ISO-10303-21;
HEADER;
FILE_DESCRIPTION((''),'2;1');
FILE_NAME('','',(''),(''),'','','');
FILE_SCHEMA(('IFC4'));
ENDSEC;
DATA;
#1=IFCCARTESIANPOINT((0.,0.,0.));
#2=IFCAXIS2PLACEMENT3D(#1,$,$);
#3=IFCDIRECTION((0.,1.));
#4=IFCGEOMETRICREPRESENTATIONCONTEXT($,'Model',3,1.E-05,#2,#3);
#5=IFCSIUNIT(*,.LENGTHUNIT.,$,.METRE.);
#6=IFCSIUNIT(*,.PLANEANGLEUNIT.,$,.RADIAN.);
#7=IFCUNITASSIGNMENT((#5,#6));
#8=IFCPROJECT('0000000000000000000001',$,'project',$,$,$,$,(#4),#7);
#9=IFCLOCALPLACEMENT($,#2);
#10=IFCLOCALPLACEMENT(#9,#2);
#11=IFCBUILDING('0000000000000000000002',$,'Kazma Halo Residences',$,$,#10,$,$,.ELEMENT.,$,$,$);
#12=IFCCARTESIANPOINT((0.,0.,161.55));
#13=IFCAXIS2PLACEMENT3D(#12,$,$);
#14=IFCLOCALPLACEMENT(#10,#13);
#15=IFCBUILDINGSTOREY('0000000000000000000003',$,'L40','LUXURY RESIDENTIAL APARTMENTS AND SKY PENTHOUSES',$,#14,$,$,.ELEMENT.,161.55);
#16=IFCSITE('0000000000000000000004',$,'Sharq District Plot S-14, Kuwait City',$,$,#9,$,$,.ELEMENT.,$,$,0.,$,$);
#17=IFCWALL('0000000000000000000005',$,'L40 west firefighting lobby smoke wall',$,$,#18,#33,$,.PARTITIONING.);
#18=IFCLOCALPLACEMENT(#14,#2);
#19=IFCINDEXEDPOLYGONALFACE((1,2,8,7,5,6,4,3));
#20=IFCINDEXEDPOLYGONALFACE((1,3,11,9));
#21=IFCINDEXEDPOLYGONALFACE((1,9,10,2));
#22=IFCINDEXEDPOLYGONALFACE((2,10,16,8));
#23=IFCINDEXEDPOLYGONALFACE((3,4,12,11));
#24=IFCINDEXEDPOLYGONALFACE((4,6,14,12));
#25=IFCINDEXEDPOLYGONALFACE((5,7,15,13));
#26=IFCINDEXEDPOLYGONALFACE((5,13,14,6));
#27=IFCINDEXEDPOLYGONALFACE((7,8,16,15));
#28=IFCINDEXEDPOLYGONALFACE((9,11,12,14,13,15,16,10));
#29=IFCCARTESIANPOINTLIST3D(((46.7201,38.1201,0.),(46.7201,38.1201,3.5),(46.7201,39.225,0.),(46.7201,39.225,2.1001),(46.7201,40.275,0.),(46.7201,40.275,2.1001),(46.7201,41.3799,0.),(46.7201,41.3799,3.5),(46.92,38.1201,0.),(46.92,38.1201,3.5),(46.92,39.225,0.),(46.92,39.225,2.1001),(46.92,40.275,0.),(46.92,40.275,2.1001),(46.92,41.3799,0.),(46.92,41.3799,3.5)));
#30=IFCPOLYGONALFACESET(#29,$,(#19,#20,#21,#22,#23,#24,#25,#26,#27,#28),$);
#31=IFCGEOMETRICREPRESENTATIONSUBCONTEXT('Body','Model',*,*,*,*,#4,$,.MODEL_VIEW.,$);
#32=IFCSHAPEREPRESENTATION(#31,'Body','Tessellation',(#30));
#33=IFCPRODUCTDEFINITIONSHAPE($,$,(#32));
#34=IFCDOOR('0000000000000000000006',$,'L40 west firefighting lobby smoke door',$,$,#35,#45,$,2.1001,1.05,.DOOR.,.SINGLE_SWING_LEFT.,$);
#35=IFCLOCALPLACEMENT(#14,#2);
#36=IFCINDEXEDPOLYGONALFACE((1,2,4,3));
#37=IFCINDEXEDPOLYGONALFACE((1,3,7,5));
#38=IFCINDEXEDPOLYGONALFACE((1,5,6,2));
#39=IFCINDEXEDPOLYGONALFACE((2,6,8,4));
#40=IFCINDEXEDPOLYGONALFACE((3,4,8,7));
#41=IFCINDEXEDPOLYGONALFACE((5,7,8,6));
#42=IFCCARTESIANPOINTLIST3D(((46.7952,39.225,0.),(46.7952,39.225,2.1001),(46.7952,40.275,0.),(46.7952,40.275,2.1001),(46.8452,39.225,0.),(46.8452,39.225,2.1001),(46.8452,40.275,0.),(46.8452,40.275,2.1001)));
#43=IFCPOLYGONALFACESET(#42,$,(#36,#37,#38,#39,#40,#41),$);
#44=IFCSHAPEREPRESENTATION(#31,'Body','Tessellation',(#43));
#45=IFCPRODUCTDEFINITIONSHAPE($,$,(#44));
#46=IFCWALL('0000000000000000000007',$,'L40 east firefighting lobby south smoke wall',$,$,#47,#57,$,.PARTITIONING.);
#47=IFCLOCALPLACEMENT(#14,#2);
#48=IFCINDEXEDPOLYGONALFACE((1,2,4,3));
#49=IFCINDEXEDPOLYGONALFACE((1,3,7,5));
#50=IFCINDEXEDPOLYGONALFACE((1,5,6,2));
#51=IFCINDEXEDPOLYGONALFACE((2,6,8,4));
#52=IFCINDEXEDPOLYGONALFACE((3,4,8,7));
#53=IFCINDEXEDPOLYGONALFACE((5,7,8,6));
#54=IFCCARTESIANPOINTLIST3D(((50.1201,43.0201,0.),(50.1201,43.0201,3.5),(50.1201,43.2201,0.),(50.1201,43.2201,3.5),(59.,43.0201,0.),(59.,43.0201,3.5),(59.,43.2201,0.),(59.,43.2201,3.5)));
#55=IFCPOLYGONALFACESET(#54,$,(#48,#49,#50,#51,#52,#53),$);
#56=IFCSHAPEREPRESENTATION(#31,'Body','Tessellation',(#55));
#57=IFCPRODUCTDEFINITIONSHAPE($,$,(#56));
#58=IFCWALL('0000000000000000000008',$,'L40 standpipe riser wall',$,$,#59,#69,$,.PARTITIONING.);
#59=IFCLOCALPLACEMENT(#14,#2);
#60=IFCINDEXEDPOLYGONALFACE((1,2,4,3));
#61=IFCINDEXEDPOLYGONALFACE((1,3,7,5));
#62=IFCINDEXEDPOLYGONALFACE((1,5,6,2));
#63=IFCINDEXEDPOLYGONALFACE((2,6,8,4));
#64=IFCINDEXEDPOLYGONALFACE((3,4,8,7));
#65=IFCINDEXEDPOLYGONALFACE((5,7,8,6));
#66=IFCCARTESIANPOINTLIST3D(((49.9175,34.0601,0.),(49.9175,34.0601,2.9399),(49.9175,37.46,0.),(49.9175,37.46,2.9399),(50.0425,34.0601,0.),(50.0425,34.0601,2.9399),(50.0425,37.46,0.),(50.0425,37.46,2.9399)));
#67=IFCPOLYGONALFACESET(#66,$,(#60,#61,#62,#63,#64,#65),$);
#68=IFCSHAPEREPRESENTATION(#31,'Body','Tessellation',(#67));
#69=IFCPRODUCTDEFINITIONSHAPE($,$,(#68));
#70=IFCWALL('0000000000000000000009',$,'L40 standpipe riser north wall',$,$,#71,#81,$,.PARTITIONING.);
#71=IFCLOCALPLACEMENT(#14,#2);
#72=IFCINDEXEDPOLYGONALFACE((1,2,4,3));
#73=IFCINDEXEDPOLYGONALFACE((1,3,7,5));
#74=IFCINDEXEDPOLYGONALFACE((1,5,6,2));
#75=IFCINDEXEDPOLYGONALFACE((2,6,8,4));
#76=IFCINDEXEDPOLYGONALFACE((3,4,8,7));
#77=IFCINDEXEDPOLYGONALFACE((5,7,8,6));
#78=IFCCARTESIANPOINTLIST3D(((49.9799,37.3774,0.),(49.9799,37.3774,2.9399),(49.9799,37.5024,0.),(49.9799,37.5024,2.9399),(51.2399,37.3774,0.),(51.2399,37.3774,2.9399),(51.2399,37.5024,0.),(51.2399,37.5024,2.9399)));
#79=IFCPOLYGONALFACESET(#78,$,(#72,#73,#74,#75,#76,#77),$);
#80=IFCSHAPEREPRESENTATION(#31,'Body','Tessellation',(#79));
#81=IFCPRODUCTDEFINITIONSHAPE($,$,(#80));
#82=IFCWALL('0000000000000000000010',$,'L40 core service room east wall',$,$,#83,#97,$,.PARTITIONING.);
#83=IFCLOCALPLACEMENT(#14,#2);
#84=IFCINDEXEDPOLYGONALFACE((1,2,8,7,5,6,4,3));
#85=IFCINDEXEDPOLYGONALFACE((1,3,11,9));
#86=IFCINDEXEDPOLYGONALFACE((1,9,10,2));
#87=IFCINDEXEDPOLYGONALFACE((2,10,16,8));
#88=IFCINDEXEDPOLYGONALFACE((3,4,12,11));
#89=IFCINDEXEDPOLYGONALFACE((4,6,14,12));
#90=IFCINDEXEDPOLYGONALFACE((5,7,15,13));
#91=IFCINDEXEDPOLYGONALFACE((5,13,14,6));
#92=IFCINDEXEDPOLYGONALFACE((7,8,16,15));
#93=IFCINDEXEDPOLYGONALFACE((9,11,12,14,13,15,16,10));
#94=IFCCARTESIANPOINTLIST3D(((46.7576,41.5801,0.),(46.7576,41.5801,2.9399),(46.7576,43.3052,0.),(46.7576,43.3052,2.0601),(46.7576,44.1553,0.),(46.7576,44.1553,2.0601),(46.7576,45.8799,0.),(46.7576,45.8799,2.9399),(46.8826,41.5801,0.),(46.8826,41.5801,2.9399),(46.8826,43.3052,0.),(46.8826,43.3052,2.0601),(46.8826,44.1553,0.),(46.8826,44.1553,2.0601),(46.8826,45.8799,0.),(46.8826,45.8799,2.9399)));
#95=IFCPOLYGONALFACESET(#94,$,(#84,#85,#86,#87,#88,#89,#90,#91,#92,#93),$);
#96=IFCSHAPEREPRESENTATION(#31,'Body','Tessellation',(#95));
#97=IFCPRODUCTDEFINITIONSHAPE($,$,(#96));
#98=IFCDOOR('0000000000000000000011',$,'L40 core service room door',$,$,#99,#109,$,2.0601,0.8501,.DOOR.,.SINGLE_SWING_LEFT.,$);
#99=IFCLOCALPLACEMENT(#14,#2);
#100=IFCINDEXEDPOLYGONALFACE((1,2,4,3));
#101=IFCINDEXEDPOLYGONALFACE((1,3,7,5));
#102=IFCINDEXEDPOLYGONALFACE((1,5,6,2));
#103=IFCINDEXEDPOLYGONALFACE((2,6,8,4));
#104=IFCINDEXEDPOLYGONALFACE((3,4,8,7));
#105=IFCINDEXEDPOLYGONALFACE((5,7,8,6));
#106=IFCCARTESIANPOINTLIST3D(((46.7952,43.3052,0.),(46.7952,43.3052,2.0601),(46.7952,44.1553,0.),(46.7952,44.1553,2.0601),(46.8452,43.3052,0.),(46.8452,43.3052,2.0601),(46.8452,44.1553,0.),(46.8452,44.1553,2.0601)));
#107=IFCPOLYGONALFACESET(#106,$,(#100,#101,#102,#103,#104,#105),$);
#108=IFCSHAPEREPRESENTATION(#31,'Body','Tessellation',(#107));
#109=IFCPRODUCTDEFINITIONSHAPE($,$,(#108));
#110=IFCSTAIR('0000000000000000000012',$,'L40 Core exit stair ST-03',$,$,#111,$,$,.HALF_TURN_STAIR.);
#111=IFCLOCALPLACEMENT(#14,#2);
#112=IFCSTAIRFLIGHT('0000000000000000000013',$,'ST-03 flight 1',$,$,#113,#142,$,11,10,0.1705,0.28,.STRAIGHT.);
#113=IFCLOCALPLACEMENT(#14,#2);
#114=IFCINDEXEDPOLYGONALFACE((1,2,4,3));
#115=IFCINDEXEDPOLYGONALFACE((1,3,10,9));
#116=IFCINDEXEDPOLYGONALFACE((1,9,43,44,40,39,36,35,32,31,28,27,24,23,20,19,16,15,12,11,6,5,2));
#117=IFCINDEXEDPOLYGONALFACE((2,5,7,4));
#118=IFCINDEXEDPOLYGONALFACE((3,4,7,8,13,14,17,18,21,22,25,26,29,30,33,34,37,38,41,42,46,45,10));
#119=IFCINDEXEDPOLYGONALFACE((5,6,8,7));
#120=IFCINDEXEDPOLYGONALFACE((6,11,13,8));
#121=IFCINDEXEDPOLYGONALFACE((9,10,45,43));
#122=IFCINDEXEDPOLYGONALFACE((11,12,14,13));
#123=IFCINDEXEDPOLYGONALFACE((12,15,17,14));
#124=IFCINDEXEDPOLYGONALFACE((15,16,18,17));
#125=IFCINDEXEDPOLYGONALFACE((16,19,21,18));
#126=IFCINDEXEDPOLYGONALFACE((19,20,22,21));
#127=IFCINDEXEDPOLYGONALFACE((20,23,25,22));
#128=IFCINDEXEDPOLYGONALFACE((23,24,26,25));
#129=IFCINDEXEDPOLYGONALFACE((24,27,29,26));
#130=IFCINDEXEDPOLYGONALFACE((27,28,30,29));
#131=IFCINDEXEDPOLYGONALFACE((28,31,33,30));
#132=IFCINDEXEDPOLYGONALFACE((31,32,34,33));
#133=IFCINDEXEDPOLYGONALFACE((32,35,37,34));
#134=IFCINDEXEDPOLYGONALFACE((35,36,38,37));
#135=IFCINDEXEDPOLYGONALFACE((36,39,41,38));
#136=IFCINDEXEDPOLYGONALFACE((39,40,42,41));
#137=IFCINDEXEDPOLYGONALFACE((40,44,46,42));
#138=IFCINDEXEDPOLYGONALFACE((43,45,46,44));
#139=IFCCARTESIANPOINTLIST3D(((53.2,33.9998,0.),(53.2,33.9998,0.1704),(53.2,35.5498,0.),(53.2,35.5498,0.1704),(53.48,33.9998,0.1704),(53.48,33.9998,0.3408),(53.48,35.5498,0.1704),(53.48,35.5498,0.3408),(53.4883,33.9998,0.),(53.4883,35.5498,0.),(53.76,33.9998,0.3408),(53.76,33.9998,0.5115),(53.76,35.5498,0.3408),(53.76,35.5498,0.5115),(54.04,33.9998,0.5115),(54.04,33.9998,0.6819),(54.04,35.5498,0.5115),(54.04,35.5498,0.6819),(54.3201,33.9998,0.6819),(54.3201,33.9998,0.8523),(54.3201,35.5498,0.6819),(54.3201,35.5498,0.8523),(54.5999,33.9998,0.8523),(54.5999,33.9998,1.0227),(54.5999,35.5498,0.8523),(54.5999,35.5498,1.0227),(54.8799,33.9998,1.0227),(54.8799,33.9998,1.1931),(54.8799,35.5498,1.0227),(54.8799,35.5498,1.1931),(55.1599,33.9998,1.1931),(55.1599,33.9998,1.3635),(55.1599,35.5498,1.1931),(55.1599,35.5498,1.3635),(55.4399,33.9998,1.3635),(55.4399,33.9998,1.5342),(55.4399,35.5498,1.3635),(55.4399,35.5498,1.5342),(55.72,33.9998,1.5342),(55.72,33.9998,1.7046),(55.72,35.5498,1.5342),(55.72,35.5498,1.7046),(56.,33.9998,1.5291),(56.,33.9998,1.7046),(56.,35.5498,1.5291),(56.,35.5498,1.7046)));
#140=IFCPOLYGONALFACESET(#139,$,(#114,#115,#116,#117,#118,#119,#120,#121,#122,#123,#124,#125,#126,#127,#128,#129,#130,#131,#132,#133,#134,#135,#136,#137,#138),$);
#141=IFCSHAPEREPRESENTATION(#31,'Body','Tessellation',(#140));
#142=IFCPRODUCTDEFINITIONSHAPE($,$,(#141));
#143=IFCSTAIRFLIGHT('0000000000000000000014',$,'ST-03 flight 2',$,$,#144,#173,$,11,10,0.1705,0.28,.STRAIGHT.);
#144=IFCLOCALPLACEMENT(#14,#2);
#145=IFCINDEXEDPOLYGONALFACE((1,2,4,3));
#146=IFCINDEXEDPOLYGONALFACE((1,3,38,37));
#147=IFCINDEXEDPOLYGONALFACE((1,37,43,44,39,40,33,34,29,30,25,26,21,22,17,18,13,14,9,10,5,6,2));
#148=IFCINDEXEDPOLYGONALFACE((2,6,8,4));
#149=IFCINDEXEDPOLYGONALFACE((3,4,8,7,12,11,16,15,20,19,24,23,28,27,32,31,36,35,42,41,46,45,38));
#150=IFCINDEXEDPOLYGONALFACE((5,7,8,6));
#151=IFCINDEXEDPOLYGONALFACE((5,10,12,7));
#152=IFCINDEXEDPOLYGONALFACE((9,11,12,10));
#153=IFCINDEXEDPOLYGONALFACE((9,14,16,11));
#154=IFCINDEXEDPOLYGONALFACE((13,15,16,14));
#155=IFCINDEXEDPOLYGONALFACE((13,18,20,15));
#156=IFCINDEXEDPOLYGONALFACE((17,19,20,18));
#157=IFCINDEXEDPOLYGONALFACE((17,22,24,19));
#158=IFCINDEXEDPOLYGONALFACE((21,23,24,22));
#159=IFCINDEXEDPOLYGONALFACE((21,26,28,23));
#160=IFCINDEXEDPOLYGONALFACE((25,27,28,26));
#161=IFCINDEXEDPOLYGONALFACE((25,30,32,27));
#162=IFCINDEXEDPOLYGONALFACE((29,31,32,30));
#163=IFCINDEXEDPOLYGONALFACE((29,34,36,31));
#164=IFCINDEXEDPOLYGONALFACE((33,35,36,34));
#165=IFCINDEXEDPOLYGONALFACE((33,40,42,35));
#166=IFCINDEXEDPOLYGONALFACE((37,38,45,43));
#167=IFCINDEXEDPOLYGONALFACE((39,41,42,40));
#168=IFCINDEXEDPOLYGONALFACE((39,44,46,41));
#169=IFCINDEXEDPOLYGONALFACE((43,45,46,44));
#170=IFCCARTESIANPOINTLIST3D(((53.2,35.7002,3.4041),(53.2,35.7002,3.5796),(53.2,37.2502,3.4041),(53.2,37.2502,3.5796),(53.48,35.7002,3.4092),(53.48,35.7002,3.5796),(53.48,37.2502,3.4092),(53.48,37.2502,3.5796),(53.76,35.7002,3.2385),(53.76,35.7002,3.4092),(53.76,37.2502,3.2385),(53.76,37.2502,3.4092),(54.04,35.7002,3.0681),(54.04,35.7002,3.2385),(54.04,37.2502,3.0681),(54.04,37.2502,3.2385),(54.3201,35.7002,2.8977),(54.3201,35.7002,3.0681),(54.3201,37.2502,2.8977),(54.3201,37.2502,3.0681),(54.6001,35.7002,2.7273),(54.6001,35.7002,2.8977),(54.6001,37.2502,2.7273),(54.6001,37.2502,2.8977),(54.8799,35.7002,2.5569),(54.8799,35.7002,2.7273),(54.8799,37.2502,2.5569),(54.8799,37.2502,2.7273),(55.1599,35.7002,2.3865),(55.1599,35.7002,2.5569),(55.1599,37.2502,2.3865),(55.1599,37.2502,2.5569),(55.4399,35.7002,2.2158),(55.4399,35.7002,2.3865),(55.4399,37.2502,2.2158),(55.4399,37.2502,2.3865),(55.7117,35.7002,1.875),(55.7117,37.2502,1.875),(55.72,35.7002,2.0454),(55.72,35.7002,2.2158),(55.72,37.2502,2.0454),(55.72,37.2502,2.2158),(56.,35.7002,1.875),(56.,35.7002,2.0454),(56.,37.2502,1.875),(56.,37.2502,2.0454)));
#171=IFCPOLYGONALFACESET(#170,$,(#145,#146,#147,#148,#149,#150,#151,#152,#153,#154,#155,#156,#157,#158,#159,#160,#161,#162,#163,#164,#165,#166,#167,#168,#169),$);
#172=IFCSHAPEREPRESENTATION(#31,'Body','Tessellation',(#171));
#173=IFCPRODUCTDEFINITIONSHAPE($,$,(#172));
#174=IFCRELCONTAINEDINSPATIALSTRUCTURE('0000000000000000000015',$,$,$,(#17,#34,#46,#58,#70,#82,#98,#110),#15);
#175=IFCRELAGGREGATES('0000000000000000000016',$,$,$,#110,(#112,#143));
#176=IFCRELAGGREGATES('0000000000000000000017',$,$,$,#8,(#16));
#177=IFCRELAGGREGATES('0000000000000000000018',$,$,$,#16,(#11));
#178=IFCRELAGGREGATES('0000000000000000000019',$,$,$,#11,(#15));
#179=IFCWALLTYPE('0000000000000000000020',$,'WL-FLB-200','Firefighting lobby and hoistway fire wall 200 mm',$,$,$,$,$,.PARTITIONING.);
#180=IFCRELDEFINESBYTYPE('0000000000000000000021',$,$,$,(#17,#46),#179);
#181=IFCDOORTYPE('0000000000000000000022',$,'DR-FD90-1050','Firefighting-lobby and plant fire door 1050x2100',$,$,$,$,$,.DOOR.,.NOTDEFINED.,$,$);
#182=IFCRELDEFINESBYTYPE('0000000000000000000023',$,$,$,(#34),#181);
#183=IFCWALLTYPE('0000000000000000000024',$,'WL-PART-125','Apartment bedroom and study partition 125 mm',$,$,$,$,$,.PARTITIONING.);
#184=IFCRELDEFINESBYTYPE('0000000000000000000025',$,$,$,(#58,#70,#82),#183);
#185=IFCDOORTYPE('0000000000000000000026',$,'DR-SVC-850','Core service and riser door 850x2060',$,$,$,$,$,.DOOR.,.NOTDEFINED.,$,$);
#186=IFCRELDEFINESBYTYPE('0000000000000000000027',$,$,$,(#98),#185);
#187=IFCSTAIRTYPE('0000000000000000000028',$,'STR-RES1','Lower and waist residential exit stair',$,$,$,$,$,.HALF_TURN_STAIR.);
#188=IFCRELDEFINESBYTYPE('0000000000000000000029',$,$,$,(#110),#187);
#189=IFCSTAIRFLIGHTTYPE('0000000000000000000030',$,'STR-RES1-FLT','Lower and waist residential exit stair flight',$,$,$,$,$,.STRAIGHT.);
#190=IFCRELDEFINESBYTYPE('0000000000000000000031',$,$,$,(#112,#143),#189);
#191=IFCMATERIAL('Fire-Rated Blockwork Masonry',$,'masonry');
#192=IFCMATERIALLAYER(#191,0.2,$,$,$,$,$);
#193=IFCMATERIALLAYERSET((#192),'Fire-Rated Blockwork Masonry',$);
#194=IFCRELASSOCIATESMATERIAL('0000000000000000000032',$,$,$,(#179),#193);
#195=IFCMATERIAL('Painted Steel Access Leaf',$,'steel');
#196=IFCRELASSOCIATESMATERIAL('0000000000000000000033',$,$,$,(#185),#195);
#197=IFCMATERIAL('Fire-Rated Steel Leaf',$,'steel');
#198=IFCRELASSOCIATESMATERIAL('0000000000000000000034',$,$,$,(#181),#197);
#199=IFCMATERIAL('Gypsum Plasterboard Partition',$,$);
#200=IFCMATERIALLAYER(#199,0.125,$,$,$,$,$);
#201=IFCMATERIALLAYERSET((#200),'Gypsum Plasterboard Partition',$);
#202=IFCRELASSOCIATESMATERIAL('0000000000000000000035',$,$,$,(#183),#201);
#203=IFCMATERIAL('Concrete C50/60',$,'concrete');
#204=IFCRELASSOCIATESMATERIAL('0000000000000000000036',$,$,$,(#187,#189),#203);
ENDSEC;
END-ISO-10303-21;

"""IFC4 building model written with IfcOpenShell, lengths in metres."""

from ifc_helpers import new_model, si_unit, direction, frame, frame_2d, origin, place, context, subcontext, project, spatial, polyline, rectangle, outline, extrude, material, layer, layer_set, type_object, element, fill, aggregate, save


model = new_model("IFC4")

# Units and contexts
model_context = context("Model", 3, precision=1e-05, world=origin(), true_north=direction((0.0, 1.0)))
body_context = subcontext(model_context, "Body", "Model", "MODEL_VIEW")
ifc_project = project(units=[si_unit("LENGTHUNIT", "METRE"), si_unit("PLANEANGLEUNIT", "RADIAN")], contexts=[model_context])

# Site, building, storey
site_placement = place(None, origin())
site = spatial("IfcSite", under=ifc_project, at=site_placement, Name="Sharq District Plot S-14, Kuwait City", CompositionType="ELEMENT", RefElevation=0.0)
building_placement = place(site_placement, origin())
building = spatial("IfcBuilding", under=site, at=building_placement, Name="Kazma Halo Residences", CompositionType="ELEMENT")
storey_placement = place(building_placement, frame((0.0, 0.0, 161.55)))
storey = spatial("IfcBuildingStorey", under=building, at=storey_placement, Name="L40", Description="LUXURY RESIDENTIAL APARTMENTS AND SKY PENTHOUSES", CompositionType="ELEMENT", Elevation=161.55)

# Shared definitions
ifc_material_1 = material(Name="Fire-Rated Blockwork Masonry", Category="masonry")
ifc_layer_1 = layer(ifc_material_1, 0.2)
ifc_layer_set_1 = layer_set([ifc_layer_1], Name="Fire-Rated Blockwork Masonry")
wall_type_1 = type_object("IfcWallType", Name="WL-FLB-200", Description="Firefighting lobby and hoistway fire wall 200 mm", PredefinedType="PARTITIONING", material=ifc_layer_set_1)

# Wall, opening, door
ifc_material_2 = material(Name="Painted Steel Access Leaf", Category="steel")
door_type_1 = type_object("IfcDoorType", Name="DR-SVC-850", Description="Core service and riser door 850x2060", OperationType="NOTDEFINED", PredefinedType="DOOR", material=ifc_material_2)
wall_1_placement = place(storey_placement, frame((46.8201, 38.1201, 0.0), z_axis=(0.0, 0.0, 1.0), x_axis=(0.0, 1.0, 0.0)))
wall_1 = element("IfcWall", 1, at=wall_1_placement, inside=storey, type_object=wall_type_1, Name="L40 west firefighting lobby smoke wall", PredefinedType="PARTITIONING", context=body_context, shape_type="SweptSolid", body=[
    extrude(rectangle(XDim=3.2598, YDim=0.2, at=frame_2d((1.6299, 0.0))), origin(), (0.0, 0.0, 1.0), 3.5),
])
opening_1_placement = place(wall_1_placement, frame((1.105, 0.0, 0.0)))
opening_1 = element("IfcOpeningElement", 2, at=opening_1_placement, cuts=wall_1, PredefinedType="OPENING", context=body_context, shape_type="SweptSolid", body=[
    extrude(rectangle(XDim=1.05, YDim=2.1001, at=frame_2d((0.5249, 1.05))), frame((0.0, 0.1099, 0.0), z_axis=(0.0, -1.0, 0.0), x_axis=(1.0, 0.0, 0.0)), (0.0, 0.0, 1.0), 0.22),
])
ifc_material_3 = material(Name="Fire-Rated Steel Leaf", Category="steel")
door_type_2 = type_object("IfcDoorType", Name="DR-FD90-1050", Description="Firefighting-lobby and plant fire door 1050x2100", OperationType="NOTDEFINED", PredefinedType="DOOR", material=ifc_material_3)
door_1_placement = place(opening_1_placement, origin())
door_1 = element("IfcDoor", 3, at=door_1_placement, inside=storey, type_object=door_type_2, Name="L40 west firefighting lobby smoke door", OperationType="SINGLE_SWING_LEFT", OverallHeight=2.1001, OverallWidth=1.05, PredefinedType="DOOR", context=body_context, shape_type="SweptSolid", body=[
    extrude(rectangle(XDim=1.05, YDim=2.1001, at=frame_2d((0.5249, 1.05))), frame((0.0, 0.0249, 0.0), z_axis=(0.0, -1.0, 0.0), x_axis=(1.0, 0.0, 0.0)), (0.0, 0.0, 1.0), 0.05),
])
fill(opening_1, door_1)

# Walls
wall_2_placement = place(storey_placement, frame((50.1201, 43.1201, 0.0), z_axis=(0.0, 0.0, 1.0), x_axis=(1.0, 0.0, 0.0)))
element("IfcWall", 4, at=wall_2_placement, inside=storey, type_object=wall_type_1, Name="L40 east firefighting lobby south smoke wall", PredefinedType="PARTITIONING", context=body_context, shape_type="SweptSolid", body=[
    extrude(rectangle(XDim=8.8799, YDim=0.2, at=frame_2d((4.4399, 0.0))), origin(), (0.0, 0.0, 1.0), 3.5),
])
ifc_material_4 = material(Name="Gypsum Plasterboard Partition")
ifc_layer_2 = layer(ifc_material_4, 0.125)
ifc_layer_set_2 = layer_set([ifc_layer_2], Name="Gypsum Plasterboard Partition")
wall_type_2 = type_object("IfcWallType", Name="WL-PART-125", Description="Apartment bedroom and study partition 125 mm", PredefinedType="PARTITIONING", material=ifc_layer_set_2)
wall_3_placement = place(storey_placement, frame((49.98, 34.0601, 0.0), z_axis=(0.0, 0.0, 1.0), x_axis=(0.0, 1.0, 0.0)))
element("IfcWall", 5, at=wall_3_placement, inside=storey, type_object=wall_type_2, Name="L40 standpipe riser wall", PredefinedType="PARTITIONING", context=body_context, shape_type="SweptSolid", body=[
    extrude(rectangle(XDim=3.3999, YDim=0.125, at=frame_2d((1.7, 0.0))), origin(), (0.0, 0.0, 1.0), 2.9399),
])
wall_4_placement = place(storey_placement, frame((49.98, 37.4399, 0.0), z_axis=(0.0, 0.0, 1.0), x_axis=(1.0, 0.0, 0.0)))
element("IfcWall", 6, at=wall_4_placement, inside=storey, type_object=wall_type_2, Name="L40 standpipe riser north wall", PredefinedType="PARTITIONING", context=body_context, shape_type="SweptSolid", body=[
    extrude(rectangle(XDim=1.26, YDim=0.125, at=frame_2d((0.6299, 0.0))), origin(), (0.0, 0.0, 1.0), 2.9399),
])

# Wall, opening, door
wall_5_placement = place(storey_placement, frame((46.8201, 41.5801, 0.0), z_axis=(0.0, 0.0, 1.0), x_axis=(0.0, 1.0, 0.0)))
wall_5 = element("IfcWall", 7, at=wall_5_placement, inside=storey, type_object=wall_type_2, Name="L40 core service room east wall", PredefinedType="PARTITIONING", context=body_context, shape_type="SweptSolid", body=[
    extrude(rectangle(XDim=4.2998, YDim=0.125, at=frame_2d((2.1499, 0.0))), origin(), (0.0, 0.0, 1.0), 2.9399),
])
opening_2_placement = place(wall_5_placement, frame((1.7251, 0.0, 0.0)))
opening_2 = element("IfcOpeningElement", 8, at=opening_2_placement, cuts=wall_5, PredefinedType="OPENING", context=body_context, shape_type="SweptSolid", body=[
    extrude(rectangle(XDim=0.8501, YDim=2.0601, at=frame_2d((0.425, 1.03))), frame((0.0, 0.0725, 0.0), z_axis=(0.0, -1.0, 0.0), x_axis=(1.0, 0.0, 0.0)), (0.0, 0.0, 1.0), 0.145),
])
door_2_placement = place(opening_2_placement, origin())
door_2 = element("IfcDoor", 9, at=door_2_placement, inside=storey, type_object=door_type_1, Name="L40 core service room door", OperationType="SINGLE_SWING_LEFT", OverallHeight=2.0601, OverallWidth=0.8501, PredefinedType="DOOR", context=body_context, shape_type="SweptSolid", body=[
    extrude(rectangle(XDim=0.8501, YDim=2.0601, at=frame_2d((0.425, 1.03))), frame((0.0, 0.0249, 0.0), z_axis=(0.0, -1.0, 0.0), x_axis=(1.0, 0.0, 0.0)), (0.0, 0.0, 1.0), 0.05),
])
fill(opening_2, door_2)
ifc_material_5 = material(Name="Concrete C50/60", Category="concrete")

# Stair, stair flights
stair_type = type_object("IfcStairType", Name="STR-RES1", Description="Lower and waist residential exit stair", PredefinedType="HALF_TURN_STAIR", material=ifc_material_5)
stair_placement = place(storey_placement, origin())
stair = element("IfcStair", 10, at=stair_placement, inside=storey, type_object=stair_type, Name="L40 Core exit stair ST-03", PredefinedType="HALF_TURN_STAIR")
stair_flight_type = type_object("IfcStairFlightType", Name="STR-RES1-FLT", Description="Lower and waist residential exit stair flight", PredefinedType="STRAIGHT", material=ifc_material_5)
stair_flight_1_placement = place(storey_placement, frame((53.2, 34.7749, 0.0), z_axis=(0.0, 0.0, 1.0), x_axis=(1.0, 0.0, 0.0)))
stair_flight_1 = element("IfcStairFlight", 11, at=stair_flight_1_placement, type_object=stair_flight_type, Name="ST-03 flight 1", NumberOfRisers=11, NumberOfTreads=10, PredefinedType="STRAIGHT", RiserHeight=0.1705, TreadLength=0.28, context=body_context, shape_type="SweptSolid", body=[
    extrude(outline(polyline([(0.0, 0.0), (0.0, 0.1704), (0.28, 0.1704), (0.28, 0.3408), (0.5601, 0.3408), (0.5601, 0.5115), (0.8401, 0.5115), (0.8401, 0.6819), (1.1201, 0.6819), (1.1201, 0.8523), (1.3999, 0.8523), (1.3999, 1.0227), (1.6799, 1.0227), (1.6799, 1.1931), (1.96, 1.1931), (1.96, 1.3635), (2.24, 1.3635), (2.24, 1.5342), (2.52, 1.5342), (2.52, 1.7046), (2.8, 1.7046), (2.8, 1.875), (2.8, 1.5291), (0.2883, 0.0), (0.0, 0.0)])), frame((0.0, 0.7749, 0.0), z_axis=(0.0, -1.0, 0.0), x_axis=(1.0, 0.0, 0.0)), (0.0, 0.0, 1.0), 1.55),
])
stair_flight_2_placement = place(storey_placement, frame((56.0, 36.4751, 1.875), z_axis=(0.0, 0.0, 1.0), x_axis=(-1.0, 0.0, 0.0)))
stair_flight_2 = element("IfcStairFlight", 12, at=stair_flight_2_placement, type_object=stair_flight_type, Name="ST-03 flight 2", NumberOfRisers=11, NumberOfTreads=10, PredefinedType="STRAIGHT", RiserHeight=0.1705, TreadLength=0.28, context=body_context, shape_type="SweptSolid", body=[
    extrude(outline(polyline([(0.0, 0.0), (0.0, 0.1704), (0.28, 0.1704), (0.28, 0.3408), (0.5601, 0.3408), (0.5601, 0.5115), (0.8401, 0.5115), (0.8401, 0.6819), (1.1201, 0.6819), (1.1201, 0.8523), (1.3999, 0.8523), (1.3999, 1.0227), (1.6799, 1.0227), (1.6799, 1.1931), (1.96, 1.1931), (1.96, 1.3635), (2.24, 1.3635), (2.24, 1.5342), (2.52, 1.5342), (2.52, 1.7046), (2.8, 1.7046), (2.8, 1.875), (2.8, 1.5291), (0.2883, 0.0), (0.0, 0.0)])), frame((0.0, 0.7749, 0.0), z_axis=(0.0, -1.0, 0.0), x_axis=(1.0, 0.0, 0.0)), (0.0, 0.0, 1.0), 1.55),
])
aggregate(stair, [stair_flight_1, stair_flight_2])

save(model, "model.ifc")
